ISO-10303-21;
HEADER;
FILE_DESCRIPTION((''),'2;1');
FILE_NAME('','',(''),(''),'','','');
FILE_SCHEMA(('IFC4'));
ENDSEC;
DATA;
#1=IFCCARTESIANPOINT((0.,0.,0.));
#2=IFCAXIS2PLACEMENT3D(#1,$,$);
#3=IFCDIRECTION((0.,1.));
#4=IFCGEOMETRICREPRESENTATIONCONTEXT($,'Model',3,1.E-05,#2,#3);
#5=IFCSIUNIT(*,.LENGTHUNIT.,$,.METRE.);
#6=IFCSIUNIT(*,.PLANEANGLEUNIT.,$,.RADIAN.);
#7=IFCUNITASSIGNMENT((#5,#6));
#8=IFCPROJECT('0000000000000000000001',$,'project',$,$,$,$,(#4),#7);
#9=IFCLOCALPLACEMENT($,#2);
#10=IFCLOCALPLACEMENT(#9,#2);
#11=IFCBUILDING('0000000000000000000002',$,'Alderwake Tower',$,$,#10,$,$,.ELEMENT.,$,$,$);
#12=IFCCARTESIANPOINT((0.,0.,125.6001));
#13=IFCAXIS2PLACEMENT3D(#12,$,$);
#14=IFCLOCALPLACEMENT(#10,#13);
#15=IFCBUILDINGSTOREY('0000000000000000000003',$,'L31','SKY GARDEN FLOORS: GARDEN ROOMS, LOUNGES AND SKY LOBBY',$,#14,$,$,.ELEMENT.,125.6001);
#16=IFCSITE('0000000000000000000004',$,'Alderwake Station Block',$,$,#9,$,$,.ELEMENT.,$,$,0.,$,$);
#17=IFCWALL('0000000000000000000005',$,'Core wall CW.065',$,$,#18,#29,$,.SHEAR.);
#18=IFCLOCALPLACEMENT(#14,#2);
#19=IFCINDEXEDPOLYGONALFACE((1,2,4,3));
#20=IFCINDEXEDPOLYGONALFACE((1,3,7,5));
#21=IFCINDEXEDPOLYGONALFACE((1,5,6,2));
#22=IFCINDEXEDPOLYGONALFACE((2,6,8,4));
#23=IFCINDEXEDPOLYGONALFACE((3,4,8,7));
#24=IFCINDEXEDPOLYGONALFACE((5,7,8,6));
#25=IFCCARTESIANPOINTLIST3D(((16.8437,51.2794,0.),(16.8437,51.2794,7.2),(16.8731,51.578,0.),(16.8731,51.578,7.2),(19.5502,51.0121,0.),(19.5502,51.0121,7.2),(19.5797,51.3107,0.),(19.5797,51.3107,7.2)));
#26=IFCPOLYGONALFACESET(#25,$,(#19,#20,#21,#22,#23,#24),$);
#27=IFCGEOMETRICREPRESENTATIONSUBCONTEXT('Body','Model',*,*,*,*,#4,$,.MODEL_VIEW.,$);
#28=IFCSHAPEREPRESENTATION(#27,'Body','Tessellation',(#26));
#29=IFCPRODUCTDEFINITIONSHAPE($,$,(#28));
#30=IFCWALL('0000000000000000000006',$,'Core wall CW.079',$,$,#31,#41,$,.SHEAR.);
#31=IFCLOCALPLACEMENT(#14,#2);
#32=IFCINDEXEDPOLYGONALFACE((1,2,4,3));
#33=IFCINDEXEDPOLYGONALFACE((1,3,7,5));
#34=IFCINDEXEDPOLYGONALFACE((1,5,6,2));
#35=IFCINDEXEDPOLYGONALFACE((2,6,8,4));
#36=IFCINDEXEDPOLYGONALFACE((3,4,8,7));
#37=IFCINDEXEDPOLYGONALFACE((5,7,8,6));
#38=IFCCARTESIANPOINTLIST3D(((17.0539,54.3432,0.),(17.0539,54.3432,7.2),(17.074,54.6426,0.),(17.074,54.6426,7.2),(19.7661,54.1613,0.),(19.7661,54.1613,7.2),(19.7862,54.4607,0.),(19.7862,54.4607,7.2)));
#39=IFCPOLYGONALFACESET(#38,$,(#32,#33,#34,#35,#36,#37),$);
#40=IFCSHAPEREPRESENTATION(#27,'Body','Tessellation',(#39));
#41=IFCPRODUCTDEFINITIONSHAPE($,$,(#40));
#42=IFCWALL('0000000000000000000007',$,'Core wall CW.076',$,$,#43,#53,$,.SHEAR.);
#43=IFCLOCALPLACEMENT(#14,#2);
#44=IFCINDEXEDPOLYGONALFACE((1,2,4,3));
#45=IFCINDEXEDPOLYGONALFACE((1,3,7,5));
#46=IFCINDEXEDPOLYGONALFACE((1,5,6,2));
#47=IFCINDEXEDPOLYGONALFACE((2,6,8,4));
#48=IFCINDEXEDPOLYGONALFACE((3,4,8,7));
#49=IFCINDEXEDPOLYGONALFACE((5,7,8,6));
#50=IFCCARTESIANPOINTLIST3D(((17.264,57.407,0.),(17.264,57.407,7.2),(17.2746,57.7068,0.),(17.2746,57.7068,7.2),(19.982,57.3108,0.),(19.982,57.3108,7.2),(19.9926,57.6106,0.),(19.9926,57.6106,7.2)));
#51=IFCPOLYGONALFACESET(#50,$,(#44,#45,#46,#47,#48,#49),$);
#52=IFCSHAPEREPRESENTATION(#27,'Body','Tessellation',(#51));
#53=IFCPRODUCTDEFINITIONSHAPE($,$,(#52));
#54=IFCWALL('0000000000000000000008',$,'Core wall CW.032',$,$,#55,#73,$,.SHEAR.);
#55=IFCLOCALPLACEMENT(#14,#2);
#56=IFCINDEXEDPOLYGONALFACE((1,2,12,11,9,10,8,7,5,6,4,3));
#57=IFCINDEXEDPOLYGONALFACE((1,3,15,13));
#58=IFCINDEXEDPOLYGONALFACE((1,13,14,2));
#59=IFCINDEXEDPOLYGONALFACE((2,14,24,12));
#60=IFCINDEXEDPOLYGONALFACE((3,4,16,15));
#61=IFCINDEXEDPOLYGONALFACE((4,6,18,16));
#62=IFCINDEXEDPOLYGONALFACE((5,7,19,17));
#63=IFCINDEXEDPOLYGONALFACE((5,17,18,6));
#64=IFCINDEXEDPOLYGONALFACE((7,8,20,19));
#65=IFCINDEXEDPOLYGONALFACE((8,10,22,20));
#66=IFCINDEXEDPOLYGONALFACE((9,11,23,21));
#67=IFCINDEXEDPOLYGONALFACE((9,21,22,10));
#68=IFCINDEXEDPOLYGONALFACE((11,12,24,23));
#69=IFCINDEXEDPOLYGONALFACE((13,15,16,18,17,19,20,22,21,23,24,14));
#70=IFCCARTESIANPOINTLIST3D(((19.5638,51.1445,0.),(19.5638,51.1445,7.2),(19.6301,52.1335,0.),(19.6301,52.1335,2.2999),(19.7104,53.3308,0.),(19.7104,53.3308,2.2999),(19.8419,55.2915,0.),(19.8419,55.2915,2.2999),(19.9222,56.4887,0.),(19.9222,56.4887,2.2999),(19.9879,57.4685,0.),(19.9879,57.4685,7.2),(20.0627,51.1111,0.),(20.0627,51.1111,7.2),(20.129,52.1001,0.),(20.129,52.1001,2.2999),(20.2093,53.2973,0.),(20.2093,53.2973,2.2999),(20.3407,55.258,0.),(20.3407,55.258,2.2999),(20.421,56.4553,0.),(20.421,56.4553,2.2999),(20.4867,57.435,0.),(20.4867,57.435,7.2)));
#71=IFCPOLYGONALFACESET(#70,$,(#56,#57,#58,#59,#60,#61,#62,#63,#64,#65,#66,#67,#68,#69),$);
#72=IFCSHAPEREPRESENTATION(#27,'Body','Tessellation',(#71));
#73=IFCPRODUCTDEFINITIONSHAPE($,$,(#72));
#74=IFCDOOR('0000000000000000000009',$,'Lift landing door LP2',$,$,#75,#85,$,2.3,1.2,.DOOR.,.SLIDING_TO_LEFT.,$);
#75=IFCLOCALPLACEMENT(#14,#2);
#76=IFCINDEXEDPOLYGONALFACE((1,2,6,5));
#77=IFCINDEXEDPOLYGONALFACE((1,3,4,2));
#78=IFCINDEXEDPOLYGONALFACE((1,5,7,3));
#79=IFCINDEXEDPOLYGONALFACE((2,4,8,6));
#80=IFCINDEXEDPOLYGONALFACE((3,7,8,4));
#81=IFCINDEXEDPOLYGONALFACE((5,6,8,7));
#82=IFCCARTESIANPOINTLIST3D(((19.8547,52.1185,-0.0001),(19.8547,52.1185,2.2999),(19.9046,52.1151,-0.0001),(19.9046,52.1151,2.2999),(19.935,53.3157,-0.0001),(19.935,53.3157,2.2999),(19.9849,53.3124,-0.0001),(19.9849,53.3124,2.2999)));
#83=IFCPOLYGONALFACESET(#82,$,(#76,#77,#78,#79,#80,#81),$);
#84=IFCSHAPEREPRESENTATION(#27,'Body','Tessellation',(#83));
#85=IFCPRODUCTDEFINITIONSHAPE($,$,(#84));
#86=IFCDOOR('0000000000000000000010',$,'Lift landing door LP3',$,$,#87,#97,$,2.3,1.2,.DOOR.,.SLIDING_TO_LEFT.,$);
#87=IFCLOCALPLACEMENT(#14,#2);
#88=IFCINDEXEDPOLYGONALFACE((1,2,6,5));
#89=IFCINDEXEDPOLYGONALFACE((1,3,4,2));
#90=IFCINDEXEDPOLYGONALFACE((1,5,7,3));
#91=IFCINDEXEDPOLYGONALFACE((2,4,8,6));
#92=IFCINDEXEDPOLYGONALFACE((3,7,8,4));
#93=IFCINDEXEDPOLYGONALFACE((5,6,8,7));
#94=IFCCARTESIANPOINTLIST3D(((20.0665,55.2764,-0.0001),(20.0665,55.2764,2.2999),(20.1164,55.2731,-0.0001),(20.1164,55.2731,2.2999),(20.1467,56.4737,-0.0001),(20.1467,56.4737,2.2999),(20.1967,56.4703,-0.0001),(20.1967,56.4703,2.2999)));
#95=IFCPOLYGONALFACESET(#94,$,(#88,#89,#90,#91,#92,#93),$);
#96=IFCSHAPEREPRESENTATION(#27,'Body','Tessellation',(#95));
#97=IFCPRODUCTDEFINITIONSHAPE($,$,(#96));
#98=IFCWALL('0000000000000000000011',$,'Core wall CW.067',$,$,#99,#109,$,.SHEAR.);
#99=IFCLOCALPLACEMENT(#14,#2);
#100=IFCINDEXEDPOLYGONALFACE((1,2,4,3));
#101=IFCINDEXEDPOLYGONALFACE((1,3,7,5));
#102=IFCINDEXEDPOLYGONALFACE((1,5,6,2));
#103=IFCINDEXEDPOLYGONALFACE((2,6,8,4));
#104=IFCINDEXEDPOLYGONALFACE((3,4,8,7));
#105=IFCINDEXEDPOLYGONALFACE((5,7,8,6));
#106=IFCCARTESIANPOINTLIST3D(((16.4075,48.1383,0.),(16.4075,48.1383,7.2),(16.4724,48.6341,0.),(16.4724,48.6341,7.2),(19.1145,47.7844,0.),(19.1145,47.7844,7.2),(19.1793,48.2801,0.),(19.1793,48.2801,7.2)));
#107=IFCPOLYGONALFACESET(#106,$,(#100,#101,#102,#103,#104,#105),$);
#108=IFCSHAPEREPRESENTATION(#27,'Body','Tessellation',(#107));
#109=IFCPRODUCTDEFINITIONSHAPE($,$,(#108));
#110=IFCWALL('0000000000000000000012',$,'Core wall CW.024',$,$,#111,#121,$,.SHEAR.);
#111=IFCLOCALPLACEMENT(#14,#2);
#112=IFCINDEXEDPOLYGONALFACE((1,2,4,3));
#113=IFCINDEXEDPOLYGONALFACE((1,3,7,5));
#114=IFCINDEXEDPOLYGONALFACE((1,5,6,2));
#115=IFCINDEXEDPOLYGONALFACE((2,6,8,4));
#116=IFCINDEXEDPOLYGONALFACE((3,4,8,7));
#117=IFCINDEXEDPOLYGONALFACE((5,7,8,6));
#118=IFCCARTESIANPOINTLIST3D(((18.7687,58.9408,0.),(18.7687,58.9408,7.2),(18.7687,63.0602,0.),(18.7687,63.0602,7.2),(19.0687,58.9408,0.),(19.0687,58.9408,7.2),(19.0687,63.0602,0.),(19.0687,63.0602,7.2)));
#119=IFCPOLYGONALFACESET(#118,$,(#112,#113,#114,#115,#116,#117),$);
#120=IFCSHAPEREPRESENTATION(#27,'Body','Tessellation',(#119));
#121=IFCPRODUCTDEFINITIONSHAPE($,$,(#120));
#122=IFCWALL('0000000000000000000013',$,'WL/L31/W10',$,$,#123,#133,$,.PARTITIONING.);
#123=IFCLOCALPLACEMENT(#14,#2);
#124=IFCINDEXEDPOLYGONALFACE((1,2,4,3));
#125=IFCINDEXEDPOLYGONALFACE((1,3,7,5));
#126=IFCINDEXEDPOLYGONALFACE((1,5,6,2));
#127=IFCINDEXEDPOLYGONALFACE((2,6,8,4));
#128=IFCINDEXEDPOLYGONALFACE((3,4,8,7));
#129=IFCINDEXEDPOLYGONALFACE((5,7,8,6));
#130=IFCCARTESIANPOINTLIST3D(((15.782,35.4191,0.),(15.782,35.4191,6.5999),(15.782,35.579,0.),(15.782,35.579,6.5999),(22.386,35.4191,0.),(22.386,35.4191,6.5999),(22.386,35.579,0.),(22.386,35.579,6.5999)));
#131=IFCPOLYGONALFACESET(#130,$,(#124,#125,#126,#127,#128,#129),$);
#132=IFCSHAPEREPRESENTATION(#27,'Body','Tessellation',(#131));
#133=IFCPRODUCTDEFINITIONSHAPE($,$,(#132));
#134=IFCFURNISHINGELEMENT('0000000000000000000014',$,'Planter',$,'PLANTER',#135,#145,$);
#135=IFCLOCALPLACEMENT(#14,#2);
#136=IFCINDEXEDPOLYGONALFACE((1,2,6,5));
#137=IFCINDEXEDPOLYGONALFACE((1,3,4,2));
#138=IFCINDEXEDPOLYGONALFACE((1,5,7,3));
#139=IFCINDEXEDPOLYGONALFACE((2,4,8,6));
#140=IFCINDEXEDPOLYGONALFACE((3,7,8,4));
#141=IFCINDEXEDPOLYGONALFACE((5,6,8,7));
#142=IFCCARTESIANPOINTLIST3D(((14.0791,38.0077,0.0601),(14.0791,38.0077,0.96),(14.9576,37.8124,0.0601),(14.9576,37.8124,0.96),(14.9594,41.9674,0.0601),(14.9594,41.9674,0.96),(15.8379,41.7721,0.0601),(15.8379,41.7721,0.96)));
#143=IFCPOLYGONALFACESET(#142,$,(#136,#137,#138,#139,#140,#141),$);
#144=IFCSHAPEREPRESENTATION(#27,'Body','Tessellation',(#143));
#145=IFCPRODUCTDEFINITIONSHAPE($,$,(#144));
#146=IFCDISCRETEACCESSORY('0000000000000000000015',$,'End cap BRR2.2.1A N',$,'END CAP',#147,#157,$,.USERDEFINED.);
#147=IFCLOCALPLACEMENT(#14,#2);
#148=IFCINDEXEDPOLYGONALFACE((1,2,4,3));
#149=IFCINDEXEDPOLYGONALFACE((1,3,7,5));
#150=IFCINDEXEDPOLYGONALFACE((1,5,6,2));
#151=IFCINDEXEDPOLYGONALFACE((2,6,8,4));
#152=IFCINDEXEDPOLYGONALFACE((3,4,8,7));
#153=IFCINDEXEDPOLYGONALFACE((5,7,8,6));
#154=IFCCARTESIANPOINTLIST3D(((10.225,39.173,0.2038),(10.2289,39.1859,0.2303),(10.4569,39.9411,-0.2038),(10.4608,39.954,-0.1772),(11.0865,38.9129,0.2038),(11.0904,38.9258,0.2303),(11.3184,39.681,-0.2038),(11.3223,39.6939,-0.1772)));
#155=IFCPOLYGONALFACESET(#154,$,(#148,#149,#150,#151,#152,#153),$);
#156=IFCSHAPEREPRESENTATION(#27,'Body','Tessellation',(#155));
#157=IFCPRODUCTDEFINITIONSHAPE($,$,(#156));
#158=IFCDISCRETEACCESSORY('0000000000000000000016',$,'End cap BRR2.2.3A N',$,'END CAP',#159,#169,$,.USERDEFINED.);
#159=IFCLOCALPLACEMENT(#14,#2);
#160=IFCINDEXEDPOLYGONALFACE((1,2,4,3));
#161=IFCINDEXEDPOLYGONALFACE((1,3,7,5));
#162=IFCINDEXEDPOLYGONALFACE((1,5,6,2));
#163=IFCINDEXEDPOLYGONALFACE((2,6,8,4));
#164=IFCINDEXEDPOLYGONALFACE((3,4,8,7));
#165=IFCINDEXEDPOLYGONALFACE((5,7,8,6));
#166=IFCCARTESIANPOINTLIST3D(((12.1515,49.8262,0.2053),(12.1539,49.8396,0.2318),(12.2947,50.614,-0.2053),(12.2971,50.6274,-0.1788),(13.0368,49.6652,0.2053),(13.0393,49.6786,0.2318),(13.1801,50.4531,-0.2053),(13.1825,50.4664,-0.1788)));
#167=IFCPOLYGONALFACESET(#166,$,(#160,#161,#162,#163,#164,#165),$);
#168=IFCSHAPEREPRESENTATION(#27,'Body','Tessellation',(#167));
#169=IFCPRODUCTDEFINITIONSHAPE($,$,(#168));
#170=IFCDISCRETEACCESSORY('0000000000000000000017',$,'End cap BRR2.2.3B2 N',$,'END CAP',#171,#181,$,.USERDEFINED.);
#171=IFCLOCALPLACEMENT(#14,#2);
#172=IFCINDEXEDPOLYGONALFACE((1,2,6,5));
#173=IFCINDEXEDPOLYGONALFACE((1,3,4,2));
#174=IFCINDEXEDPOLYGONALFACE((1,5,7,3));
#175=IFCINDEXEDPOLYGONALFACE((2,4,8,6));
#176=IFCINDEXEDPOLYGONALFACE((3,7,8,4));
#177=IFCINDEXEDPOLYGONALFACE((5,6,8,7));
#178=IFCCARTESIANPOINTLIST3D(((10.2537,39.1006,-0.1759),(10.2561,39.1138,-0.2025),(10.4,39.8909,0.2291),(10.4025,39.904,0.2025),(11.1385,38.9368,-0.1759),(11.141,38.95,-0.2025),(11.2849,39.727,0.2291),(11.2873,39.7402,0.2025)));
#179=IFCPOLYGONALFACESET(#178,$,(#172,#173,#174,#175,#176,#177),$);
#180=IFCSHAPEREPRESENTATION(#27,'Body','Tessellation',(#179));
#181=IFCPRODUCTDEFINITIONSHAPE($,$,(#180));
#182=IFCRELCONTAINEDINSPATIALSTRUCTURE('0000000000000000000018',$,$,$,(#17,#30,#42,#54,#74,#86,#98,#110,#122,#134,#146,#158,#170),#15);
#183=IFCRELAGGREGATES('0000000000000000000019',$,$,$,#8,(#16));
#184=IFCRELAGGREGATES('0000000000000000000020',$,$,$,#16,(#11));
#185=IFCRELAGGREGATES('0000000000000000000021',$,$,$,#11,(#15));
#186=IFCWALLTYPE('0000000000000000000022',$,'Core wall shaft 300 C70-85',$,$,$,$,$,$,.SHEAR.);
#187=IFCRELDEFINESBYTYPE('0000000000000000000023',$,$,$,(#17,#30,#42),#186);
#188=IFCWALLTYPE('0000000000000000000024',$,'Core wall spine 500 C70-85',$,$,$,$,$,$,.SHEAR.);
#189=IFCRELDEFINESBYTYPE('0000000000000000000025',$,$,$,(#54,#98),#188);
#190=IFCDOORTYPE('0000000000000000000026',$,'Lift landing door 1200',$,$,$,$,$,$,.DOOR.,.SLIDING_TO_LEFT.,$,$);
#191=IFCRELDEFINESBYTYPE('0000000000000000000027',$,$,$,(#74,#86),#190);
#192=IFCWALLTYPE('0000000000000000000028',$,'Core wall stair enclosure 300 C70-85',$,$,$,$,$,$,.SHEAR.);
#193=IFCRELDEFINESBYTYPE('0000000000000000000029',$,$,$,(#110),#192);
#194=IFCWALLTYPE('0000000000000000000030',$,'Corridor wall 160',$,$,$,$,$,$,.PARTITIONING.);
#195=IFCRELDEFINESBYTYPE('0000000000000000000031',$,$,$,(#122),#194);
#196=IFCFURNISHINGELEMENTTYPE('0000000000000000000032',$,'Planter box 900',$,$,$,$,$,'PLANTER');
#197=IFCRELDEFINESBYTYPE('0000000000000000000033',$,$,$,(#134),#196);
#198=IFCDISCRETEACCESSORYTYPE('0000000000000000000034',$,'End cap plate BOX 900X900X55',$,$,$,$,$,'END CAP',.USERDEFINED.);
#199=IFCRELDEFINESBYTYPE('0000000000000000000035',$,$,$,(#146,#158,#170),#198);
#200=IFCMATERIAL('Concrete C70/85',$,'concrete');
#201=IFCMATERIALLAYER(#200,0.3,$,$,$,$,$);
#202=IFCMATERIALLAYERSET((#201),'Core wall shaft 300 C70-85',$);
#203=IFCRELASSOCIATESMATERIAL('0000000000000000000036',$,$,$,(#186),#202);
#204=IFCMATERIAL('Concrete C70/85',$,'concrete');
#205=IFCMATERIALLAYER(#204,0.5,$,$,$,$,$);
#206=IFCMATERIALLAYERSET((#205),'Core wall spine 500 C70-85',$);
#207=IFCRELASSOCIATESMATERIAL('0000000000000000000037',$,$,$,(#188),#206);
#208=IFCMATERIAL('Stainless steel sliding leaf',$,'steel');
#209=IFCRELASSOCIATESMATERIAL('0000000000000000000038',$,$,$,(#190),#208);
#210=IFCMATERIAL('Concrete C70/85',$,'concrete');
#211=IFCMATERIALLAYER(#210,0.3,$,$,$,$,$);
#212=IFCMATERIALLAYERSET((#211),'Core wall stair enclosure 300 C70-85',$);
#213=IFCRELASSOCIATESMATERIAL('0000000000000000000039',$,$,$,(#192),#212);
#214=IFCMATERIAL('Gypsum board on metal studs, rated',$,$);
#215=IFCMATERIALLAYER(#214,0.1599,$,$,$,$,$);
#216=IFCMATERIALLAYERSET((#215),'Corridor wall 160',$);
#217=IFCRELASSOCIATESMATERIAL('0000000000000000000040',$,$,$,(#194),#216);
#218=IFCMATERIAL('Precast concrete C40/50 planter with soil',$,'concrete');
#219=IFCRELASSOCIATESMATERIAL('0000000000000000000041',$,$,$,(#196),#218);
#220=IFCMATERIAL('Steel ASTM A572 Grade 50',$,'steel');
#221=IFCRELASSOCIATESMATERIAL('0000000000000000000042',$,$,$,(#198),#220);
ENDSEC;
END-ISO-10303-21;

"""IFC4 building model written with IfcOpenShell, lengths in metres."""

from ifc_helpers import new_model, si_unit, direction, frame, frame_2d, origin, origin_2d, place, context, subcontext, project, spatial, rectangle, extrude, material, layer, layer_set, material_profile, profile_set, type_object, element, fill, save


model = new_model("IFC4")

# Units and contexts
model_context = context("Model", 3, precision=1e-05, world=origin(), true_north=direction((0.0, 1.0)))
body_context = subcontext(model_context, "Body", "Model", "MODEL_VIEW")
ifc_project = project(units=[si_unit("LENGTHUNIT", "METRE"), si_unit("PLANEANGLEUNIT", "RADIAN")], contexts=[model_context])

# Site, building, storey
site_placement = place(None, origin())
site = spatial("IfcSite", under=ifc_project, at=site_placement, Name="Alderwake Station Block", CompositionType="ELEMENT", RefElevation=0.0)
building_placement = place(site_placement, origin())
building = spatial("IfcBuilding", under=site, at=building_placement, Name="Alderwake Tower", CompositionType="ELEMENT")
storey_placement = place(building_placement, frame((0.0, 0.0, 125.6001)))
storey = spatial("IfcBuildingStorey", under=building, at=storey_placement, Name="L31", Description="SKY GARDEN FLOORS: GARDEN ROOMS, LOUNGES AND SKY LOBBY", CompositionType="ELEMENT", Elevation=125.6001)

# Walls
ifc_material_1 = material(Name="Concrete C70/85", Category="concrete")
ifc_layer_1 = layer(ifc_material_1, 0.3)
ifc_layer_set_1 = layer_set([ifc_layer_1], Name="Core wall shaft 300 C70-85")
wall_type_1 = type_object("IfcWallType", Name="Core wall shaft 300 C70-85", PredefinedType="SHEAR", material=ifc_layer_set_1)
wall_1_placement = place(storey_placement, frame((16.8584, 51.4287, 0.0), z_axis=(0.0, 0.0, 1.0), x_axis=(0.995157, -0.098295, 0.0)))
element("IfcWall", 1, at=wall_1_placement, inside=storey, type_object=wall_type_1, Name="Core wall CW.065", PredefinedType="SHEAR", context=body_context, shape_type="SweptSolid", body=[
    extrude(rectangle(XDim=2.7197, YDim=0.3, at=frame_2d((1.3599, 0.0))), origin(), (0.0, 0.0, 1.0), 7.2),
])
wall_2_placement = place(storey_placement, frame((17.064, 54.4929, 0.0), z_axis=(0.0, 0.0, 1.0), x_axis=(0.997759, -0.066912, 0.0)))
element("IfcWall", 2, at=wall_2_placement, inside=storey, type_object=wall_type_1, Name="Core wall CW.079", PredefinedType="SHEAR", context=body_context, shape_type="SweptSolid", body=[
    extrude(rectangle(XDim=2.7183, YDim=0.3, at=frame_2d((1.3591, 0.0))), origin(), (0.0, 0.0, 1.0), 7.2),
])
wall_3_placement = place(storey_placement, frame((17.2693, 57.5569, 0.0), z_axis=(0.0, 0.0, 1.0), x_axis=(0.999374, -0.035368, 0.0)))
element("IfcWall", 3, at=wall_3_placement, inside=storey, type_object=wall_type_1, Name="Core wall CW.076", PredefinedType="SHEAR", context=body_context, shape_type="SweptSolid", body=[
    extrude(rectangle(XDim=2.7197, YDim=0.3, at=frame_2d((1.3599, 0.0))), origin(), (0.0, 0.0, 1.0), 7.2),
])

# Wall, openings, doors
ifc_material_2 = material(Name="Concrete C70/85", Category="concrete")
ifc_layer_2 = layer(ifc_material_2, 0.5)
ifc_layer_set_2 = layer_set([ifc_layer_2], Name="Core wall spine 500 C70-85")
wall_type_2 = type_object("IfcWallType", Name="Core wall spine 500 C70-85", PredefinedType="SHEAR", material=ifc_layer_set_2)
wall_4_placement = place(storey_placement, frame((19.8132, 51.1279, 0.0), z_axis=(0.0, 0.0, 1.0), x_axis=(0.066908, 0.997759, 0.0)))
wall_4 = element("IfcWall", 4, at=wall_4_placement, inside=storey, type_object=wall_type_2, Name="Core wall CW.032", PredefinedType="SHEAR", context=body_context, shape_type="SweptSolid", body=[
    extrude(rectangle(XDim=6.3381, YDim=0.5, at=frame_2d((3.1689, 0.0))), origin(), (0.0, 0.0, 1.0), 7.2),
])
opening_1_placement = place(wall_4_placement, frame((0.991, 0.0, 0.0)))
opening_1 = element("IfcOpeningElement", 5, at=opening_1_placement, cuts=wall_4, PredefinedType="OPENING", context=body_context, shape_type="SweptSolid", body=[
    extrude(rectangle(XDim=1.2, YDim=2.3, at=frame_2d((0.6001, 1.1499))), frame((0.0, 0.26, 0.0), z_axis=(0.0, -1.0, 0.0), x_axis=(1.0, 0.0, 0.0)), (0.0, 0.0, 1.0), 0.52),
])
opening_2_placement = place(wall_4_placement, frame((4.156, 0.0, 0.0)))
opening_2 = element("IfcOpeningElement", 6, at=opening_2_placement, cuts=wall_4, PredefinedType="OPENING", context=body_context, shape_type="SweptSolid", body=[
    extrude(rectangle(XDim=1.2, YDim=2.3, at=frame_2d((0.6001, 1.1499))), frame((0.0, 0.26, 0.0), z_axis=(0.0, -1.0, 0.0), x_axis=(1.0, 0.0, 0.0)), (0.0, 0.0, 1.0), 0.52),
])
ifc_material_3 = material(Name="Stainless steel sliding leaf", Category="steel")
door_type_1 = type_object("IfcDoorType", Name="Lift landing door 1200", OperationType="SLIDING_TO_LEFT", PredefinedType="DOOR", material=ifc_material_3)
door_1_placement = place(opening_1_placement, origin())
door_1 = element("IfcDoor", 7, at=door_1_placement, inside=storey, type_object=door_type_1, Name="Lift landing door LP2", OperationType="SLIDING_TO_LEFT", OverallHeight=2.3, OverallWidth=1.2, PredefinedType="DOOR", context=body_context, shape_type="SweptSolid", body=[
    extrude(rectangle(XDim=1.2, YDim=2.3, at=frame_2d((0.6001, 1.1499))), frame((0.0, 0.0249, 0.0), z_axis=(0.0, -1.0, 0.0), x_axis=(1.0, 0.0, 0.0)), (0.0, 0.0, 1.0), 0.05),
])
fill(opening_1, door_1)
door_2_placement = place(opening_2_placement, origin())
door_2 = element("IfcDoor", 8, at=door_2_placement, inside=storey, type_object=door_type_1, Name="Lift landing door LP3", OperationType="SLIDING_TO_LEFT", OverallHeight=2.3, OverallWidth=1.2, PredefinedType="DOOR", context=body_context, shape_type="SweptSolid", body=[
    extrude(rectangle(XDim=1.2, YDim=2.3, at=frame_2d((0.6001, 1.1499))), frame((0.0, 0.0249, 0.0), z_axis=(0.0, -1.0, 0.0), x_axis=(1.0, 0.0, 0.0)), (0.0, 0.0, 1.0), 0.05),
])
fill(opening_2, door_2)

# Walls
wall_5_placement = place(storey_placement, frame((16.4399, 48.3862, 0.0), z_axis=(0.0, 0.0, 1.0), x_axis=(0.991557, -0.129668, 0.0)))
element("IfcWall", 9, at=wall_5_placement, inside=storey, type_object=wall_type_2, Name="Core wall CW.067", PredefinedType="SHEAR", context=body_context, shape_type="SweptSolid", body=[
    extrude(rectangle(XDim=2.73, YDim=0.5, at=frame_2d((1.365, 0.0))), origin(), (0.0, 0.0, 1.0), 7.2),
])
ifc_material_4 = material(Name="Concrete C70/85", Category="concrete")
ifc_layer_3 = layer(ifc_material_4, 0.3)
ifc_layer_set_3 = layer_set([ifc_layer_3], Name="Core wall stair enclosure 300 C70-85")
wall_type_3 = type_object("IfcWallType", Name="Core wall stair enclosure 300 C70-85", PredefinedType="SHEAR", material=ifc_layer_set_3)
wall_6_placement = place(storey_placement, frame((18.9187, 58.9409, 0.0), z_axis=(0.0, 0.0, 1.0), x_axis=(0.0, 1.0, 0.0)))
element("IfcWall", 10, at=wall_6_placement, inside=storey, type_object=wall_type_3, Name="Core wall CW.024", PredefinedType="SHEAR", context=body_context, shape_type="SweptSolid", body=[
    extrude(rectangle(XDim=4.1194, YDim=0.3, at=frame_2d((2.0596, 0.0))), origin(), (0.0, 0.0, 1.0), 7.2),
])
ifc_material_5 = material(Name="Gypsum board on metal studs, rated")
ifc_layer_4 = layer(ifc_material_5, 0.1599)
ifc_layer_set_4 = layer_set([ifc_layer_4], Name="Corridor wall 160")
wall_type_4 = type_object("IfcWallType", Name="Corridor wall 160", PredefinedType="PARTITIONING", material=ifc_layer_set_4)
wall_7_placement = place(storey_placement, frame((15.782, 35.499, 0.0), z_axis=(0.0, 0.0, 1.0), x_axis=(1.0, 0.0, 0.0)))
element("IfcWall", 11, at=wall_7_placement, inside=storey, type_object=wall_type_4, Name="WL/L31/W10", PredefinedType="PARTITIONING", context=body_context, shape_type="SweptSolid", body=[
    extrude(rectangle(XDim=6.604, YDim=0.1599, at=frame_2d((3.302, 0.0))), origin(), (0.0, 0.0, 1.0), 6.5999),
])

# Furnishing element
ifc_material_6 = material(Name="Precast concrete C40/50 planter with soil", Category="concrete")
furnishing_element_type = type_object("IfcFurnishingElementType", Name="Planter box 900", ElementType="PLANTER", material=ifc_material_6)
furnishing_placement = place(storey_placement, frame((14.9585, 39.8899, 0.0601), z_axis=(0.0, 0.0, 1.0), x_axis=(0.976169, -0.21701, 0.0)))
element("IfcFurnishingElement", 12, at=furnishing_placement, inside=storey, type_object=furnishing_element_type, Name="Planter", ObjectType="PLANTER", context=body_context, shape_type="SweptSolid", body=[
    extrude(rectangle(XDim=0.8999, YDim=4.0564, at=origin_2d()), origin(), (0.0, 0.0, 1.0), 0.8999),
])

# Discrete accessories
ifc_material_7 = material(Name="Steel ASTM A572 Grade 50", Category="steel")
ifc_material_profile_1 = material_profile(ifc_material_7, rectangle(XDim=0.8999, YDim=0.8999, at=origin_2d()), Name="BOX 900X900X55 cap")
ifc_profile_set_1 = profile_set([ifc_material_profile_1], Name="Steel ASTM A572 Grade 50")
discrete_accessory_type = type_object("IfcDiscreteAccessoryType", Name="End cap plate BOX 900X900X55", ElementType="END CAP", PredefinedType="USERDEFINED", material=ifc_profile_set_1)
for number, where, z_axis, x_axis, name in (
    (13, (10.7717, 39.427, 0.0), (0.130875, 0.433524, 0.891588), (-0.957328, 0.289005, 0.0), "End cap BRR2.2.1A N"),
    (14, (12.6658, 50.1396, 0.0), (0.081633, 0.448983, 0.889803), (-0.98387, 0.178885, 0.0), "End cap BRR2.2.3A N"),
    (15, (10.7717, 39.427, 0.0), (-0.081931, -0.44243, 0.893053), (0.983282, -0.182089, 0.0), "End cap BRR2.2.3B2 N"),
):
    element("IfcDiscreteAccessory", number, at=place(storey_placement, frame(where, z_axis=z_axis, x_axis=x_axis)), inside=storey, type_object=discrete_accessory_type, Name=name, ObjectType="END CAP", PredefinedType="USERDEFINED", context=body_context, shape_type="SweptSolid", body=[
        extrude(rectangle(XDim=0.8999, YDim=0.8999, at=origin_2d()), origin(), (0.0, 0.0, 1.0), 0.0298),
    ])

save(model, "model.ifc")
